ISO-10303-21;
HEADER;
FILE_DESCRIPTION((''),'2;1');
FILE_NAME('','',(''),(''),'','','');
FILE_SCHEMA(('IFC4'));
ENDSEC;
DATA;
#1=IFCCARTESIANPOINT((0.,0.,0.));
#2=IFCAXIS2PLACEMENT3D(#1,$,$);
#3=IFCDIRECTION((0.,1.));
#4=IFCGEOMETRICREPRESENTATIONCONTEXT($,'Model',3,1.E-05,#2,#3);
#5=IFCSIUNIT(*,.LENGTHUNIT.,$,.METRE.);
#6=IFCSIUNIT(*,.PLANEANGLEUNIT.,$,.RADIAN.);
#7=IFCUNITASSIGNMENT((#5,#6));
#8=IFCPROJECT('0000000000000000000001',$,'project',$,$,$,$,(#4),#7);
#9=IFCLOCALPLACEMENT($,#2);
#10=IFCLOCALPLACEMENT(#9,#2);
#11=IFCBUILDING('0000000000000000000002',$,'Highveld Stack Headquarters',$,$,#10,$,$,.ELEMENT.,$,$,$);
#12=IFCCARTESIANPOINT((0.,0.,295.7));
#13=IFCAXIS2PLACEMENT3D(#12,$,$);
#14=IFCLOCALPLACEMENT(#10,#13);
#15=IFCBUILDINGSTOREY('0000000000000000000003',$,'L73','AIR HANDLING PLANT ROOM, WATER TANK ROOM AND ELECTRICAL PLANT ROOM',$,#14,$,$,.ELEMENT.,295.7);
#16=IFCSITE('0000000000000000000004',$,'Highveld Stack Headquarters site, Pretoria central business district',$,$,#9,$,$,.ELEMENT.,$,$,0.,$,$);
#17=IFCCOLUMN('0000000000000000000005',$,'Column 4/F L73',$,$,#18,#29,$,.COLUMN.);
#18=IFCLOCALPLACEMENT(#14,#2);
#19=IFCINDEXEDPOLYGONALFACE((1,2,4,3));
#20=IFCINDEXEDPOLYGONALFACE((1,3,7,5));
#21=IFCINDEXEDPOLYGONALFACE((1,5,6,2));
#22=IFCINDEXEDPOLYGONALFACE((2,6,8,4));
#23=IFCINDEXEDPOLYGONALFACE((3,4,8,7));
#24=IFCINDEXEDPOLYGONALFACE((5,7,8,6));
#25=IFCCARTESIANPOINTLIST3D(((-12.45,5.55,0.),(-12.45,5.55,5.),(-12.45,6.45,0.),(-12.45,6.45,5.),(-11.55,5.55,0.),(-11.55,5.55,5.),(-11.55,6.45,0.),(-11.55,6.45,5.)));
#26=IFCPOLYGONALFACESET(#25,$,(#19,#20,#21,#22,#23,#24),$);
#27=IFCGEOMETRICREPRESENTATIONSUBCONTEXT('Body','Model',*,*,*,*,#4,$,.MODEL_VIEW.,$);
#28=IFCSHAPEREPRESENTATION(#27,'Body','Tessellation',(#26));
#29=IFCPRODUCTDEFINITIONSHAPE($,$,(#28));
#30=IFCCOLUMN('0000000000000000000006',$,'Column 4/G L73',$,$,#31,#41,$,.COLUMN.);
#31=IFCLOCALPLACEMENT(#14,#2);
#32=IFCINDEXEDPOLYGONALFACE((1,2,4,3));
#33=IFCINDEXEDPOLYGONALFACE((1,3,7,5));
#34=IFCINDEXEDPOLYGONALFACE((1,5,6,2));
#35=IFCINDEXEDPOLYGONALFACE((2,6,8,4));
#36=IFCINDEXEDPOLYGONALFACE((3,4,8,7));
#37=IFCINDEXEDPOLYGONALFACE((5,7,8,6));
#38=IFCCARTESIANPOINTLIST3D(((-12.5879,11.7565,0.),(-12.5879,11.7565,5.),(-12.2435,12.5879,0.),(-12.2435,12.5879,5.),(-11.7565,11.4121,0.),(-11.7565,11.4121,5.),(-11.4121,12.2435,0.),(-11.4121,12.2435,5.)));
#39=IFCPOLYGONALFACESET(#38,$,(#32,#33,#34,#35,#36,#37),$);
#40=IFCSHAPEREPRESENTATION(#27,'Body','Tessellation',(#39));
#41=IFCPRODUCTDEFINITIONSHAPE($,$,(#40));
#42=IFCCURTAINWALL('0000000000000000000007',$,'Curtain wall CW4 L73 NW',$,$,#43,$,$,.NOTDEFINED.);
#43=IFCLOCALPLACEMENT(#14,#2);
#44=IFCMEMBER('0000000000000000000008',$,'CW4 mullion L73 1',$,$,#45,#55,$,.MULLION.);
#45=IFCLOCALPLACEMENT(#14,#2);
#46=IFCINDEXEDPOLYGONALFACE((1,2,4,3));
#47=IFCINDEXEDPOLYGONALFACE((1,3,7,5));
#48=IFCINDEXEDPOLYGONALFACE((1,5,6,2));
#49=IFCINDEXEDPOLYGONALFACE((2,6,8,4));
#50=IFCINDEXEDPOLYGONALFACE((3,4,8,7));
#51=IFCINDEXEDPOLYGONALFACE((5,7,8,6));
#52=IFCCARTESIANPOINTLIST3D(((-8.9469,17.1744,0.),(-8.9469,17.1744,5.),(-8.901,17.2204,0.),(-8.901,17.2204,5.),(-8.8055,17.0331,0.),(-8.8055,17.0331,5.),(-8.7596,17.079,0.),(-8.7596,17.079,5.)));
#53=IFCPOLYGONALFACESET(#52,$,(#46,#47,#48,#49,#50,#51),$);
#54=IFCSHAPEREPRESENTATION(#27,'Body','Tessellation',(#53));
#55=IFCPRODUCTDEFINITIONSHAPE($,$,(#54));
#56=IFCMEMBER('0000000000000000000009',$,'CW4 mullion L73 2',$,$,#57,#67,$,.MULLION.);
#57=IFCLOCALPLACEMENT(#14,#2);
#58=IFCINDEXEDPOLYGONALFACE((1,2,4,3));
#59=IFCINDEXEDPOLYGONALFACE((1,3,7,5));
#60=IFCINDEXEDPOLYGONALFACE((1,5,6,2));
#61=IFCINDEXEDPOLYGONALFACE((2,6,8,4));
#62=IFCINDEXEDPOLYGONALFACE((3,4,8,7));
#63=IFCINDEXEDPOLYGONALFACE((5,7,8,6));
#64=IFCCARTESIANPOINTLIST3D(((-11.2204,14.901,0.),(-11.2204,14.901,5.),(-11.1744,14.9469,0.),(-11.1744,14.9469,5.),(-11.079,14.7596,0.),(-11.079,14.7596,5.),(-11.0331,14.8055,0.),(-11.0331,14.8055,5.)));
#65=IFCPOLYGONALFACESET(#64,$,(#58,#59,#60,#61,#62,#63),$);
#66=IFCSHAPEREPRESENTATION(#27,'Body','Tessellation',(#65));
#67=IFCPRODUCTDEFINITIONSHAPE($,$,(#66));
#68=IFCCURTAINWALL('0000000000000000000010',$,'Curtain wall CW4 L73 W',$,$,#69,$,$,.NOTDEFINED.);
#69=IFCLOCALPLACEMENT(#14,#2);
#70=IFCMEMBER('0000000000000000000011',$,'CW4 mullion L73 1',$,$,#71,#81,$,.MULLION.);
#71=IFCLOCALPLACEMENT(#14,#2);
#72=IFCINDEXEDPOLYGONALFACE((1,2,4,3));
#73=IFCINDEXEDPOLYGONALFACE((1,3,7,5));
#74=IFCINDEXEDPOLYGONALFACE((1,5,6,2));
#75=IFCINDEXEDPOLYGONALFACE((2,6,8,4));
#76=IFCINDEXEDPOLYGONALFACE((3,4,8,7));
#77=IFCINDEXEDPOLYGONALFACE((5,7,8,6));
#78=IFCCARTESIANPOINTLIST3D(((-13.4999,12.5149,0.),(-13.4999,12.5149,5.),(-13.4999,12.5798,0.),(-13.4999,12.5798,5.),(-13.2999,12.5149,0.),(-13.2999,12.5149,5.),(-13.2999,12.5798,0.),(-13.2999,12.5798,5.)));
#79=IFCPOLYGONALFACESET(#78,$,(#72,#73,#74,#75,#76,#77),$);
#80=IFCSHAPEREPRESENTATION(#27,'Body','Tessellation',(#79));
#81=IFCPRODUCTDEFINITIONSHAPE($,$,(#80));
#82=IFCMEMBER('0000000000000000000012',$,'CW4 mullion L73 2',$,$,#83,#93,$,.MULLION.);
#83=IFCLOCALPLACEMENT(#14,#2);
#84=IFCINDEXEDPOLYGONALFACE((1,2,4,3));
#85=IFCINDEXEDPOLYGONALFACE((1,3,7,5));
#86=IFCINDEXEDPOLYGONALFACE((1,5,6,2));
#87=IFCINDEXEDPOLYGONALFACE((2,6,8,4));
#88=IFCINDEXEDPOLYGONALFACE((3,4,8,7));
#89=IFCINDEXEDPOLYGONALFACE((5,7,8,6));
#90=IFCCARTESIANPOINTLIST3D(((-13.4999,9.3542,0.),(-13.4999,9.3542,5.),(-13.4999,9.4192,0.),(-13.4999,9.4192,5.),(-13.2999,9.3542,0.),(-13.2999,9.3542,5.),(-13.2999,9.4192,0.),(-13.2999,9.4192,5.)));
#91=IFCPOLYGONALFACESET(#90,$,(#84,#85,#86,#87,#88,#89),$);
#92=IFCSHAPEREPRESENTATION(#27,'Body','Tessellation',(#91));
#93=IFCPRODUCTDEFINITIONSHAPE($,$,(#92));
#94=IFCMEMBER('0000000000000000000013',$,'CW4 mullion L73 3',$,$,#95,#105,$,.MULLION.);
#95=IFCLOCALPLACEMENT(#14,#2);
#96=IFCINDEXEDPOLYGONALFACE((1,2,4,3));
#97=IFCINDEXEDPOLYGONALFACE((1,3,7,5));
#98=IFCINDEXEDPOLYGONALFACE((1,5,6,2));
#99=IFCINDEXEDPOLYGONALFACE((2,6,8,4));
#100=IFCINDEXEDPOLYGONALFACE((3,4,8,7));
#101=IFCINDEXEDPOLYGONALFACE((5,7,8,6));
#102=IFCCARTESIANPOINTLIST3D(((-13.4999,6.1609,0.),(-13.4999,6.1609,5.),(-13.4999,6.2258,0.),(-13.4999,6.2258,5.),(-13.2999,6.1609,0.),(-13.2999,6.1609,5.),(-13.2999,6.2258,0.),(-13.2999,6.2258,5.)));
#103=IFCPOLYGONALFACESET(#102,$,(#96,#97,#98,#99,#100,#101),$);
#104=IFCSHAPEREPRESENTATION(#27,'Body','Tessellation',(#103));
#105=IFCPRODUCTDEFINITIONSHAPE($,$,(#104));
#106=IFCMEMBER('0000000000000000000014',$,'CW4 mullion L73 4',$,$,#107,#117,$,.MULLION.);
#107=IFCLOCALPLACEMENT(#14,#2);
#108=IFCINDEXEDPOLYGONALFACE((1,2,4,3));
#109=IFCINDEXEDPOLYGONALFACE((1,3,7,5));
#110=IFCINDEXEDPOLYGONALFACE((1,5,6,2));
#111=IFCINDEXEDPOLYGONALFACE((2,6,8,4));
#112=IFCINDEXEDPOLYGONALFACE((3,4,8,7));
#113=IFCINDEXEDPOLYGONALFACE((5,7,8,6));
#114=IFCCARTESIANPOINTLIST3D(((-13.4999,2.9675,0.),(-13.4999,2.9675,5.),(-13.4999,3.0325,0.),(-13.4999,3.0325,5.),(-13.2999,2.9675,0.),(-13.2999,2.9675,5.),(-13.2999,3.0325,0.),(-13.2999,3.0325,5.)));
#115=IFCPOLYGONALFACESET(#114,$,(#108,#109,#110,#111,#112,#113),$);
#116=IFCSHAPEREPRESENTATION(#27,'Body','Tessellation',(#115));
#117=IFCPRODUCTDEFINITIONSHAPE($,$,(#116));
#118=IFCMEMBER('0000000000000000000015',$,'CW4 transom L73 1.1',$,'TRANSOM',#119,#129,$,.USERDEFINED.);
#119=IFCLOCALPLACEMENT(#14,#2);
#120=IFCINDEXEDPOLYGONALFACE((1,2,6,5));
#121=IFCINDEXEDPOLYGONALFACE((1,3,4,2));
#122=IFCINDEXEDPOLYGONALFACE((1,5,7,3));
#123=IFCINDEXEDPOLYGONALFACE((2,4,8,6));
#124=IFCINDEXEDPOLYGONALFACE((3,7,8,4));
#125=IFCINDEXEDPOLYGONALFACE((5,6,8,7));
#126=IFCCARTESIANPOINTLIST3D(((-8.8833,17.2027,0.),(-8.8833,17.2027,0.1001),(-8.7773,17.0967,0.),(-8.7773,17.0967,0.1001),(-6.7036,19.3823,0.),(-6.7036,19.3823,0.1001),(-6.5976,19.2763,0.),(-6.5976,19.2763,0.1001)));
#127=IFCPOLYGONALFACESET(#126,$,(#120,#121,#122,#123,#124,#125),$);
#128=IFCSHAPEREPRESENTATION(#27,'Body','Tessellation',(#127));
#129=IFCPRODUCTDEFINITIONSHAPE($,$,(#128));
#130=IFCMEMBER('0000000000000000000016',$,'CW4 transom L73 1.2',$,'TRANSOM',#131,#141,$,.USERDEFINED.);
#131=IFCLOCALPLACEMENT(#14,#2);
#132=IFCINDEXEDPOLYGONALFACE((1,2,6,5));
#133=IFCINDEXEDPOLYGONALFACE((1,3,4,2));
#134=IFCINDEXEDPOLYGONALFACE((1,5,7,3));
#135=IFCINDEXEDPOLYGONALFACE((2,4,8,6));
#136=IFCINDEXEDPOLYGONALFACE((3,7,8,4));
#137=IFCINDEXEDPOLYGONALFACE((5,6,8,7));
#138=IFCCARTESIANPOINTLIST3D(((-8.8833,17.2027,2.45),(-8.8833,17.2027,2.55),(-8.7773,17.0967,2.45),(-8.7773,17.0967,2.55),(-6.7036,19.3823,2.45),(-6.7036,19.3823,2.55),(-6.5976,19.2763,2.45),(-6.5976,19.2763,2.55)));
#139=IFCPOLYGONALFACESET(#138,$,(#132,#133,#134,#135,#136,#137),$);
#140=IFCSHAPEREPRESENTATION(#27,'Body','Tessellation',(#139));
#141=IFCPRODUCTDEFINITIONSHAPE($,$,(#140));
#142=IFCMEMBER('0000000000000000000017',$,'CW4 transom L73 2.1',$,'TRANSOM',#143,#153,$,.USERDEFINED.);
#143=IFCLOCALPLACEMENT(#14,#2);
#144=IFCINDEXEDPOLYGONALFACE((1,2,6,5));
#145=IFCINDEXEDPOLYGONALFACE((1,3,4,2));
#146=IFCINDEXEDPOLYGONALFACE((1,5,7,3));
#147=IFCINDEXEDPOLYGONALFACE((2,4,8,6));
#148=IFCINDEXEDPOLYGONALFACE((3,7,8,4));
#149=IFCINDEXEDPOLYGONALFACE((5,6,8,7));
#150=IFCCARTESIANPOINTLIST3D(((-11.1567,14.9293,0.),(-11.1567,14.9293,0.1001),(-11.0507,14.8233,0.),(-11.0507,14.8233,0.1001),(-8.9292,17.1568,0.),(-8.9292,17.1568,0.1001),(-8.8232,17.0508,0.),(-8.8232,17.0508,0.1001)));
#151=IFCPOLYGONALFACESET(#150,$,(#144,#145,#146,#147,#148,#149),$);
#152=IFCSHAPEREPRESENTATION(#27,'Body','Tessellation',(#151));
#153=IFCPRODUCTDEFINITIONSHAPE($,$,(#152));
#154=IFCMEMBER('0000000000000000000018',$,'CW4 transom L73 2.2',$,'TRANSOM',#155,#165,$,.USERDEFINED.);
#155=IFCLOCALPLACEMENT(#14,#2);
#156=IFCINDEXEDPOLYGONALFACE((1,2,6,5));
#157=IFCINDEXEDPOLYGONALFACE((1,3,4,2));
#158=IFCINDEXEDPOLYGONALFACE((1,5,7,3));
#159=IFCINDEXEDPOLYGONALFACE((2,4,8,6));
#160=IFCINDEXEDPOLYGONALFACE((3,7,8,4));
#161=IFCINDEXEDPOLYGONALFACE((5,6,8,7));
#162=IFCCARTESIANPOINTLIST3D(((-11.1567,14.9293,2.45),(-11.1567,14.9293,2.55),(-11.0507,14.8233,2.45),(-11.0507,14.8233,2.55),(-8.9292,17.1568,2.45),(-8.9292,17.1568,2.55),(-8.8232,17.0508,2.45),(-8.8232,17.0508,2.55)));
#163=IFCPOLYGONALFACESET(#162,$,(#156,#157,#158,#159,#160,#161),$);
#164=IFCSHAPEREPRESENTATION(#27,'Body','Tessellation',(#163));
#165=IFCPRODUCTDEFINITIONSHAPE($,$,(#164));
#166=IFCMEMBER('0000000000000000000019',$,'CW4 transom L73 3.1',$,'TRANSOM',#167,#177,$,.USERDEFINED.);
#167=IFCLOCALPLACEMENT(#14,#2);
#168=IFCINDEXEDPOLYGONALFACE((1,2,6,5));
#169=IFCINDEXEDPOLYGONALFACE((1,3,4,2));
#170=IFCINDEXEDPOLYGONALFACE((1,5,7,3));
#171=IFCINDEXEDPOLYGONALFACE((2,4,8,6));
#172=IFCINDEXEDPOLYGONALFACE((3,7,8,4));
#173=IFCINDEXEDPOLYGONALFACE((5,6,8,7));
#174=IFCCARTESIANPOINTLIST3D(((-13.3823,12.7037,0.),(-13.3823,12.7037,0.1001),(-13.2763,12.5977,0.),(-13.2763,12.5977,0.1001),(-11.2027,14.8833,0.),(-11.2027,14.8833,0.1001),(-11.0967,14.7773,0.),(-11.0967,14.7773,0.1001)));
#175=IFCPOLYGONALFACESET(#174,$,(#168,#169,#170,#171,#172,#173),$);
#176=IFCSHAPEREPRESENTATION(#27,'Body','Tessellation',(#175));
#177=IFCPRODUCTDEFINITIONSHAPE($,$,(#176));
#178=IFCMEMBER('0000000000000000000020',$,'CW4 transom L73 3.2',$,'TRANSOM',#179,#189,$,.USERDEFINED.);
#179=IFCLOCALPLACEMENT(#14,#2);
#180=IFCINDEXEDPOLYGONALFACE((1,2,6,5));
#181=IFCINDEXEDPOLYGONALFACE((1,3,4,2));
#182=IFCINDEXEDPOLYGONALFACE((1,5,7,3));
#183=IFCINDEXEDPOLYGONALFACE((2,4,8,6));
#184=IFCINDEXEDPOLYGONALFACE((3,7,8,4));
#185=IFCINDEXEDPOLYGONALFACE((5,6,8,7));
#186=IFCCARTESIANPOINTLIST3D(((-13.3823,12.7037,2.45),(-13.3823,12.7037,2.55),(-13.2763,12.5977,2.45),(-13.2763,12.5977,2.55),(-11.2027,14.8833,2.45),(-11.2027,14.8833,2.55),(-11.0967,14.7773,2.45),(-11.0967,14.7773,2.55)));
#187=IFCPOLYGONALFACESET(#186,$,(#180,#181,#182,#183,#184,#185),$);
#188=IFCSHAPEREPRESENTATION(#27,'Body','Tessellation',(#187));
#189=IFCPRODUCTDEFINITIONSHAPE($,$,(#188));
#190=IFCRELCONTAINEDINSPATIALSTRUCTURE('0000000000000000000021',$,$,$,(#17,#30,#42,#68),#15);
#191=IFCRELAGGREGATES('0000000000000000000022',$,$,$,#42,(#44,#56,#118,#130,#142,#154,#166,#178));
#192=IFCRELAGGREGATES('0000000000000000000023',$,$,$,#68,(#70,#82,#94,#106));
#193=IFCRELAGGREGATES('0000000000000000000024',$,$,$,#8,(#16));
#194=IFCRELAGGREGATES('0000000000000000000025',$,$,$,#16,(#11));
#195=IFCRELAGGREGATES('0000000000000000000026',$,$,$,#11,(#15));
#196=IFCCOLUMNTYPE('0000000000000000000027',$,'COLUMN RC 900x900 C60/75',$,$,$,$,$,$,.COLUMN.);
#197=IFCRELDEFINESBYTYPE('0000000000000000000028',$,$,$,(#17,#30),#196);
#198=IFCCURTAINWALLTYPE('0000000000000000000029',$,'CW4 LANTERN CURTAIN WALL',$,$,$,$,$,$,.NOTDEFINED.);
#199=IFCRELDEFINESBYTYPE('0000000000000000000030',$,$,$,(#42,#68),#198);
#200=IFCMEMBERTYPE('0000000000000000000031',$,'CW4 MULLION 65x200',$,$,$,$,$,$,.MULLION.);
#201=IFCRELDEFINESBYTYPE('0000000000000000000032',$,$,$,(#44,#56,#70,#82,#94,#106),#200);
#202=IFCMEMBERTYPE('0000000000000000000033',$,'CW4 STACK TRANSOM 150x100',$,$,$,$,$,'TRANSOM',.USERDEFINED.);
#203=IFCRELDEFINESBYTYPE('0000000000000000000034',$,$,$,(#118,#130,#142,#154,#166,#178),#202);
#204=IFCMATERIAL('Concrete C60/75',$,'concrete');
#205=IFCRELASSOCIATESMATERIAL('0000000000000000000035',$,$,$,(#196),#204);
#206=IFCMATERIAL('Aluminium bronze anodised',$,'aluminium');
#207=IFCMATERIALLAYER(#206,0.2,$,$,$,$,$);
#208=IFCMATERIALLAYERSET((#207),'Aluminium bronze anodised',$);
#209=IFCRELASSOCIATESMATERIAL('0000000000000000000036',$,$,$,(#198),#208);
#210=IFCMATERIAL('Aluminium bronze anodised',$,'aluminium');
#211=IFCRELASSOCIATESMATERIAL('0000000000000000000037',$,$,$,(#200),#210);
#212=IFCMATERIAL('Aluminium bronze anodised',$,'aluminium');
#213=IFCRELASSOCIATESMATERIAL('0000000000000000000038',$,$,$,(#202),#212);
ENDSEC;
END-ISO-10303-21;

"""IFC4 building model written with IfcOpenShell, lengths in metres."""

from ifc_helpers import new_model, si_unit, direction, frame, origin, origin_2d, place, context, subcontext, project, spatial, rectangle, extrude, material, layer, layer_set, material_profile, profile_set, type_object, element, aggregate, save


model = new_model("IFC4")

# Units and contexts
model_context = context("Model", 3, precision=1e-05, world=origin(), true_north=direction((0.0, 1.0)))
body_context = subcontext(model_context, "Body", "Model", "MODEL_VIEW")
ifc_project = project(units=[si_unit("LENGTHUNIT", "METRE"), si_unit("PLANEANGLEUNIT", "RADIAN")], contexts=[model_context])

# Site, building, storey
site_placement = place(None, origin())
site = spatial("IfcSite", under=ifc_project, at=site_placement, Name="Highveld Stack Headquarters site, Pretoria central business district", CompositionType="ELEMENT", RefElevation=0.0)
building_placement = place(site_placement, origin())
building = spatial("IfcBuilding", under=site, at=building_placement, Name="Highveld Stack Headquarters", CompositionType="ELEMENT")
storey_placement = place(building_placement, frame((0.0, 0.0, 295.7)))
storey = spatial("IfcBuildingStorey", under=building, at=storey_placement, Name="L73", Description="AIR HANDLING PLANT ROOM, WATER TANK ROOM AND ELECTRICAL PLANT ROOM", CompositionType="ELEMENT", Elevation=295.7)

# Columns
ifc_material_1 = material(Name="Concrete C60/75", Category="concrete")
ifc_material_profile_1 = material_profile(ifc_material_1, rectangle(XDim=0.8999, YDim=0.8999, at=origin_2d()), Name="RC 900x900")
ifc_profile_set_1 = profile_set([ifc_material_profile_1], Name="Concrete C60/75")
column_type = type_object("IfcColumnType", Name="COLUMN RC 900x900 C60/75", PredefinedType="COLUMN", material=ifc_profile_set_1)
for number, where, z_axis, x_axis, name in (
    (1, (-12.0, 6.0, 0.0), (0.0, 0.0, 1.0), (0.0, 1.0, 0.0), "Column 4/F L73"),
    (2, (-12.0, 12.0, 0.0), (0.0, 0.0, 1.0), (0.382683, 0.92388, 0.0), "Column 4/G L73"),
):
    element("IfcColumn", number, at=place(storey_placement, frame(where, z_axis=z_axis, x_axis=x_axis)), inside=storey, type_object=column_type, Name=name, PredefinedType="COLUMN", context=body_context, shape_type="SweptSolid", body=[
        extrude(rectangle(XDim=0.8999, YDim=0.8999, at=origin_2d()), origin(), (0.0, 0.0, 1.0), 5.0),
    ])

# Curtain walls, members
ifc_material_2 = material(Name="Aluminium bronze anodised", Category="aluminium")
ifc_layer_1 = layer(ifc_material_2, 0.2)
ifc_layer_set_1 = layer_set([ifc_layer_1], Name="Aluminium bronze anodised")
curtain_wall_type = type_object("IfcCurtainWallType", Name="CW4 LANTERN CURTAIN WALL", PredefinedType="NOTDEFINED", material=ifc_layer_set_1)
curtain_wall_1_placement = place(storey_placement, origin())
curtain_wall_1 = element("IfcCurtainWall", 3, at=curtain_wall_1_placement, inside=storey, type_object=curtain_wall_type, Name="Curtain wall CW4 L73 NW", PredefinedType="NOTDEFINED")
ifc_material_3 = material(Name="Aluminium bronze anodised", Category="aluminium")
ifc_material_profile_2 = material_profile(ifc_material_3, rectangle(XDim=0.2, YDim=0.0649, at=origin_2d()), Name="CW4 MULLION 65x200")
ifc_profile_set_2 = profile_set([ifc_material_profile_2], Name="Aluminium bronze anodised")
member_type_1 = type_object("IfcMemberType", Name="CW4 MULLION 65x200", PredefinedType="MULLION", material=ifc_profile_set_2)
member_1_placement = place(storey_placement, frame((-8.8533, 17.1267, 0.0), z_axis=(0.0, 0.0, 1.0), x_axis=(0.707107, -0.707107, 0.0)))
member_1 = element("IfcMember", 4, at=member_1_placement, type_object=member_type_1, Name="CW4 mullion L73 1", PredefinedType="MULLION", context=body_context, shape_type="SweptSolid", body=[
    extrude(rectangle(XDim=0.2, YDim=0.0649, at=origin_2d()), origin(), (0.0, 0.0, 1.0), 5.0),
])
member_2_placement = place(storey_placement, frame((-11.1267, 14.8533, 0.0), z_axis=(0.0, 0.0, 1.0), x_axis=(0.707107, -0.707107, 0.0)))
member_2 = element("IfcMember", 5, at=member_2_placement, type_object=member_type_1, Name="CW4 mullion L73 2", PredefinedType="MULLION", context=body_context, shape_type="SweptSolid", body=[
    extrude(rectangle(XDim=0.2, YDim=0.0649, at=origin_2d()), origin(), (0.0, 0.0, 1.0), 5.0),
])
curtain_wall_2_placement = place(storey_placement, origin())
curtain_wall_2 = element("IfcCurtainWall", 6, at=curtain_wall_2_placement, inside=storey, type_object=curtain_wall_type, Name="Curtain wall CW4 L73 W", PredefinedType="NOTDEFINED")
member_3_placement = place(storey_placement, frame((-13.3999, 12.5474, 0.0), z_axis=(0.0, 0.0, 1.0), x_axis=(1.0, 0.0, 0.0)))
member_3 = element("IfcMember", 7, at=member_3_placement, type_object=member_type_1, Name="CW4 mullion L73 1", PredefinedType="MULLION", context=body_context, shape_type="SweptSolid", body=[
    extrude(rectangle(XDim=0.2, YDim=0.0649, at=origin_2d()), origin(), (0.0, 0.0, 1.0), 5.0),
])
member_4_placement = place(storey_placement, frame((-13.3999, 9.3867, 0.0), z_axis=(0.0, 0.0, 1.0), x_axis=(1.0, 0.0, 0.0)))
member_4 = element("IfcMember", 8, at=member_4_placement, type_object=member_type_1, Name="CW4 mullion L73 2", PredefinedType="MULLION", context=body_context, shape_type="SweptSolid", body=[
    extrude(rectangle(XDim=0.2, YDim=0.0649, at=origin_2d()), origin(), (0.0, 0.0, 1.0), 5.0),
])
member_5_placement = place(storey_placement, frame((-13.3999, 6.1934, 0.0), z_axis=(0.0, 0.0, 1.0), x_axis=(1.0, 0.0, 0.0)))
member_5 = element("IfcMember", 9, at=member_5_placement, type_object=member_type_1, Name="CW4 mullion L73 3", PredefinedType="MULLION", context=body_context, shape_type="SweptSolid", body=[
    extrude(rectangle(XDim=0.2, YDim=0.0649, at=origin_2d()), origin(), (0.0, 0.0, 1.0), 5.0),
])
member_6_placement = place(storey_placement, frame((-13.3999, 3.0, 0.0), z_axis=(0.0, 0.0, 1.0), x_axis=(1.0, 0.0, 0.0)))
member_6 = element("IfcMember", 10, at=member_6_placement, type_object=member_type_1, Name="CW4 mullion L73 4", PredefinedType="MULLION", context=body_context, shape_type="SweptSolid", body=[
    extrude(rectangle(XDim=0.2, YDim=0.0649, at=origin_2d()), origin(), (0.0, 0.0, 1.0), 5.0),
])

# Members
ifc_material_4 = material(Name="Aluminium bronze anodised", Category="aluminium")
ifc_material_profile_3 = material_profile(ifc_material_4, rectangle(XDim=0.1499, YDim=0.1001, at=origin_2d()), Name="CW4 TRANSOM 150x100")
ifc_profile_set_3 = profile_set([ifc_material_profile_3], Name="Aluminium bronze anodised")
member_type_2 = type_object("IfcMemberType", Name="CW4 STACK TRANSOM 150x100", ElementType="TRANSOM", PredefinedType="USERDEFINED", material=ifc_profile_set_3)
member_7_placement = place(storey_placement, frame((-6.6506, 19.3293, 0.05), z_axis=(-0.707107, -0.707107, 0.0), x_axis=(0.707107, -0.707107, 0.0)))
member_7 = element("IfcMember", 11, at=member_7_placement, type_object=member_type_2, Name="CW4 transom L73 1.1", ObjectType="TRANSOM", PredefinedType="USERDEFINED", context=body_context, shape_type="SweptSolid", body=[
    extrude(rectangle(XDim=0.1499, YDim=0.1001, at=origin_2d()), origin(), (0.0, 0.0, 1.0), 3.0825),
])
member_8_placement = place(storey_placement, frame((-6.6506, 19.3293, 2.5), z_axis=(-0.707107, -0.707107, 0.0), x_axis=(0.707107, -0.707107, 0.0)))
member_8 = element("IfcMember", 12, at=member_8_placement, type_object=member_type_2, Name="CW4 transom L73 1.2", ObjectType="TRANSOM", PredefinedType="USERDEFINED", context=body_context, shape_type="SweptSolid", body=[
    extrude(rectangle(XDim=0.1499, YDim=0.1001, at=origin_2d()), origin(), (0.0, 0.0, 1.0), 3.0825),
])
member_9_placement = place(storey_placement, frame((-8.8762, 17.1038, 0.05), z_axis=(-0.707107, -0.707107, 0.0), x_axis=(0.707107, -0.707107, 0.0)))
member_9 = element("IfcMember", 13, at=member_9_placement, type_object=member_type_2, Name="CW4 transom L73 2.1", ObjectType="TRANSOM", PredefinedType="USERDEFINED", context=body_context, shape_type="SweptSolid", body=[
    extrude(rectangle(XDim=0.1499, YDim=0.1001, at=origin_2d()), origin(), (0.0, 0.0, 1.0), 3.1501),
])
member_10_placement = place(storey_placement, frame((-8.8762, 17.1038, 2.5), z_axis=(-0.707107, -0.707107, 0.0), x_axis=(0.707107, -0.707107, 0.0)))
member_10 = element("IfcMember", 14, at=member_10_placement, type_object=member_type_2, Name="CW4 transom L73 2.2", ObjectType="TRANSOM", PredefinedType="USERDEFINED", context=body_context, shape_type="SweptSolid", body=[
    extrude(rectangle(XDim=0.1499, YDim=0.1001, at=origin_2d()), origin(), (0.0, 0.0, 1.0), 3.1501),
])
member_11_placement = place(storey_placement, frame((-11.1497, 14.8303, 0.05), z_axis=(-0.707107, -0.707107, 0.0), x_axis=(0.707107, -0.707107, 0.0)))
member_11 = element("IfcMember", 15, at=member_11_placement, type_object=member_type_2, Name="CW4 transom L73 3.1", ObjectType="TRANSOM", PredefinedType="USERDEFINED", context=body_context, shape_type="SweptSolid", body=[
    extrude(rectangle(XDim=0.1499, YDim=0.1001, at=origin_2d()), origin(), (0.0, 0.0, 1.0), 3.0825),
])
member_12_placement = place(storey_placement, frame((-11.1497, 14.8303, 2.5), z_axis=(-0.707107, -0.707107, 0.0), x_axis=(0.707107, -0.707107, 0.0)))
member_12 = element("IfcMember", 16, at=member_12_placement, type_object=member_type_2, Name="CW4 transom L73 3.2", ObjectType="TRANSOM", PredefinedType="USERDEFINED", context=body_context, shape_type="SweptSolid", body=[
    extrude(rectangle(XDim=0.1499, YDim=0.1001, at=origin_2d()), origin(), (0.0, 0.0, 1.0), 3.0825),
])

aggregate(curtain_wall_1, [member_1, member_2, member_7, member_8, member_9, member_10, member_11, member_12])
aggregate(curtain_wall_2, [member_3, member_4, member_5, member_6])

save(model, "model.ifc")
